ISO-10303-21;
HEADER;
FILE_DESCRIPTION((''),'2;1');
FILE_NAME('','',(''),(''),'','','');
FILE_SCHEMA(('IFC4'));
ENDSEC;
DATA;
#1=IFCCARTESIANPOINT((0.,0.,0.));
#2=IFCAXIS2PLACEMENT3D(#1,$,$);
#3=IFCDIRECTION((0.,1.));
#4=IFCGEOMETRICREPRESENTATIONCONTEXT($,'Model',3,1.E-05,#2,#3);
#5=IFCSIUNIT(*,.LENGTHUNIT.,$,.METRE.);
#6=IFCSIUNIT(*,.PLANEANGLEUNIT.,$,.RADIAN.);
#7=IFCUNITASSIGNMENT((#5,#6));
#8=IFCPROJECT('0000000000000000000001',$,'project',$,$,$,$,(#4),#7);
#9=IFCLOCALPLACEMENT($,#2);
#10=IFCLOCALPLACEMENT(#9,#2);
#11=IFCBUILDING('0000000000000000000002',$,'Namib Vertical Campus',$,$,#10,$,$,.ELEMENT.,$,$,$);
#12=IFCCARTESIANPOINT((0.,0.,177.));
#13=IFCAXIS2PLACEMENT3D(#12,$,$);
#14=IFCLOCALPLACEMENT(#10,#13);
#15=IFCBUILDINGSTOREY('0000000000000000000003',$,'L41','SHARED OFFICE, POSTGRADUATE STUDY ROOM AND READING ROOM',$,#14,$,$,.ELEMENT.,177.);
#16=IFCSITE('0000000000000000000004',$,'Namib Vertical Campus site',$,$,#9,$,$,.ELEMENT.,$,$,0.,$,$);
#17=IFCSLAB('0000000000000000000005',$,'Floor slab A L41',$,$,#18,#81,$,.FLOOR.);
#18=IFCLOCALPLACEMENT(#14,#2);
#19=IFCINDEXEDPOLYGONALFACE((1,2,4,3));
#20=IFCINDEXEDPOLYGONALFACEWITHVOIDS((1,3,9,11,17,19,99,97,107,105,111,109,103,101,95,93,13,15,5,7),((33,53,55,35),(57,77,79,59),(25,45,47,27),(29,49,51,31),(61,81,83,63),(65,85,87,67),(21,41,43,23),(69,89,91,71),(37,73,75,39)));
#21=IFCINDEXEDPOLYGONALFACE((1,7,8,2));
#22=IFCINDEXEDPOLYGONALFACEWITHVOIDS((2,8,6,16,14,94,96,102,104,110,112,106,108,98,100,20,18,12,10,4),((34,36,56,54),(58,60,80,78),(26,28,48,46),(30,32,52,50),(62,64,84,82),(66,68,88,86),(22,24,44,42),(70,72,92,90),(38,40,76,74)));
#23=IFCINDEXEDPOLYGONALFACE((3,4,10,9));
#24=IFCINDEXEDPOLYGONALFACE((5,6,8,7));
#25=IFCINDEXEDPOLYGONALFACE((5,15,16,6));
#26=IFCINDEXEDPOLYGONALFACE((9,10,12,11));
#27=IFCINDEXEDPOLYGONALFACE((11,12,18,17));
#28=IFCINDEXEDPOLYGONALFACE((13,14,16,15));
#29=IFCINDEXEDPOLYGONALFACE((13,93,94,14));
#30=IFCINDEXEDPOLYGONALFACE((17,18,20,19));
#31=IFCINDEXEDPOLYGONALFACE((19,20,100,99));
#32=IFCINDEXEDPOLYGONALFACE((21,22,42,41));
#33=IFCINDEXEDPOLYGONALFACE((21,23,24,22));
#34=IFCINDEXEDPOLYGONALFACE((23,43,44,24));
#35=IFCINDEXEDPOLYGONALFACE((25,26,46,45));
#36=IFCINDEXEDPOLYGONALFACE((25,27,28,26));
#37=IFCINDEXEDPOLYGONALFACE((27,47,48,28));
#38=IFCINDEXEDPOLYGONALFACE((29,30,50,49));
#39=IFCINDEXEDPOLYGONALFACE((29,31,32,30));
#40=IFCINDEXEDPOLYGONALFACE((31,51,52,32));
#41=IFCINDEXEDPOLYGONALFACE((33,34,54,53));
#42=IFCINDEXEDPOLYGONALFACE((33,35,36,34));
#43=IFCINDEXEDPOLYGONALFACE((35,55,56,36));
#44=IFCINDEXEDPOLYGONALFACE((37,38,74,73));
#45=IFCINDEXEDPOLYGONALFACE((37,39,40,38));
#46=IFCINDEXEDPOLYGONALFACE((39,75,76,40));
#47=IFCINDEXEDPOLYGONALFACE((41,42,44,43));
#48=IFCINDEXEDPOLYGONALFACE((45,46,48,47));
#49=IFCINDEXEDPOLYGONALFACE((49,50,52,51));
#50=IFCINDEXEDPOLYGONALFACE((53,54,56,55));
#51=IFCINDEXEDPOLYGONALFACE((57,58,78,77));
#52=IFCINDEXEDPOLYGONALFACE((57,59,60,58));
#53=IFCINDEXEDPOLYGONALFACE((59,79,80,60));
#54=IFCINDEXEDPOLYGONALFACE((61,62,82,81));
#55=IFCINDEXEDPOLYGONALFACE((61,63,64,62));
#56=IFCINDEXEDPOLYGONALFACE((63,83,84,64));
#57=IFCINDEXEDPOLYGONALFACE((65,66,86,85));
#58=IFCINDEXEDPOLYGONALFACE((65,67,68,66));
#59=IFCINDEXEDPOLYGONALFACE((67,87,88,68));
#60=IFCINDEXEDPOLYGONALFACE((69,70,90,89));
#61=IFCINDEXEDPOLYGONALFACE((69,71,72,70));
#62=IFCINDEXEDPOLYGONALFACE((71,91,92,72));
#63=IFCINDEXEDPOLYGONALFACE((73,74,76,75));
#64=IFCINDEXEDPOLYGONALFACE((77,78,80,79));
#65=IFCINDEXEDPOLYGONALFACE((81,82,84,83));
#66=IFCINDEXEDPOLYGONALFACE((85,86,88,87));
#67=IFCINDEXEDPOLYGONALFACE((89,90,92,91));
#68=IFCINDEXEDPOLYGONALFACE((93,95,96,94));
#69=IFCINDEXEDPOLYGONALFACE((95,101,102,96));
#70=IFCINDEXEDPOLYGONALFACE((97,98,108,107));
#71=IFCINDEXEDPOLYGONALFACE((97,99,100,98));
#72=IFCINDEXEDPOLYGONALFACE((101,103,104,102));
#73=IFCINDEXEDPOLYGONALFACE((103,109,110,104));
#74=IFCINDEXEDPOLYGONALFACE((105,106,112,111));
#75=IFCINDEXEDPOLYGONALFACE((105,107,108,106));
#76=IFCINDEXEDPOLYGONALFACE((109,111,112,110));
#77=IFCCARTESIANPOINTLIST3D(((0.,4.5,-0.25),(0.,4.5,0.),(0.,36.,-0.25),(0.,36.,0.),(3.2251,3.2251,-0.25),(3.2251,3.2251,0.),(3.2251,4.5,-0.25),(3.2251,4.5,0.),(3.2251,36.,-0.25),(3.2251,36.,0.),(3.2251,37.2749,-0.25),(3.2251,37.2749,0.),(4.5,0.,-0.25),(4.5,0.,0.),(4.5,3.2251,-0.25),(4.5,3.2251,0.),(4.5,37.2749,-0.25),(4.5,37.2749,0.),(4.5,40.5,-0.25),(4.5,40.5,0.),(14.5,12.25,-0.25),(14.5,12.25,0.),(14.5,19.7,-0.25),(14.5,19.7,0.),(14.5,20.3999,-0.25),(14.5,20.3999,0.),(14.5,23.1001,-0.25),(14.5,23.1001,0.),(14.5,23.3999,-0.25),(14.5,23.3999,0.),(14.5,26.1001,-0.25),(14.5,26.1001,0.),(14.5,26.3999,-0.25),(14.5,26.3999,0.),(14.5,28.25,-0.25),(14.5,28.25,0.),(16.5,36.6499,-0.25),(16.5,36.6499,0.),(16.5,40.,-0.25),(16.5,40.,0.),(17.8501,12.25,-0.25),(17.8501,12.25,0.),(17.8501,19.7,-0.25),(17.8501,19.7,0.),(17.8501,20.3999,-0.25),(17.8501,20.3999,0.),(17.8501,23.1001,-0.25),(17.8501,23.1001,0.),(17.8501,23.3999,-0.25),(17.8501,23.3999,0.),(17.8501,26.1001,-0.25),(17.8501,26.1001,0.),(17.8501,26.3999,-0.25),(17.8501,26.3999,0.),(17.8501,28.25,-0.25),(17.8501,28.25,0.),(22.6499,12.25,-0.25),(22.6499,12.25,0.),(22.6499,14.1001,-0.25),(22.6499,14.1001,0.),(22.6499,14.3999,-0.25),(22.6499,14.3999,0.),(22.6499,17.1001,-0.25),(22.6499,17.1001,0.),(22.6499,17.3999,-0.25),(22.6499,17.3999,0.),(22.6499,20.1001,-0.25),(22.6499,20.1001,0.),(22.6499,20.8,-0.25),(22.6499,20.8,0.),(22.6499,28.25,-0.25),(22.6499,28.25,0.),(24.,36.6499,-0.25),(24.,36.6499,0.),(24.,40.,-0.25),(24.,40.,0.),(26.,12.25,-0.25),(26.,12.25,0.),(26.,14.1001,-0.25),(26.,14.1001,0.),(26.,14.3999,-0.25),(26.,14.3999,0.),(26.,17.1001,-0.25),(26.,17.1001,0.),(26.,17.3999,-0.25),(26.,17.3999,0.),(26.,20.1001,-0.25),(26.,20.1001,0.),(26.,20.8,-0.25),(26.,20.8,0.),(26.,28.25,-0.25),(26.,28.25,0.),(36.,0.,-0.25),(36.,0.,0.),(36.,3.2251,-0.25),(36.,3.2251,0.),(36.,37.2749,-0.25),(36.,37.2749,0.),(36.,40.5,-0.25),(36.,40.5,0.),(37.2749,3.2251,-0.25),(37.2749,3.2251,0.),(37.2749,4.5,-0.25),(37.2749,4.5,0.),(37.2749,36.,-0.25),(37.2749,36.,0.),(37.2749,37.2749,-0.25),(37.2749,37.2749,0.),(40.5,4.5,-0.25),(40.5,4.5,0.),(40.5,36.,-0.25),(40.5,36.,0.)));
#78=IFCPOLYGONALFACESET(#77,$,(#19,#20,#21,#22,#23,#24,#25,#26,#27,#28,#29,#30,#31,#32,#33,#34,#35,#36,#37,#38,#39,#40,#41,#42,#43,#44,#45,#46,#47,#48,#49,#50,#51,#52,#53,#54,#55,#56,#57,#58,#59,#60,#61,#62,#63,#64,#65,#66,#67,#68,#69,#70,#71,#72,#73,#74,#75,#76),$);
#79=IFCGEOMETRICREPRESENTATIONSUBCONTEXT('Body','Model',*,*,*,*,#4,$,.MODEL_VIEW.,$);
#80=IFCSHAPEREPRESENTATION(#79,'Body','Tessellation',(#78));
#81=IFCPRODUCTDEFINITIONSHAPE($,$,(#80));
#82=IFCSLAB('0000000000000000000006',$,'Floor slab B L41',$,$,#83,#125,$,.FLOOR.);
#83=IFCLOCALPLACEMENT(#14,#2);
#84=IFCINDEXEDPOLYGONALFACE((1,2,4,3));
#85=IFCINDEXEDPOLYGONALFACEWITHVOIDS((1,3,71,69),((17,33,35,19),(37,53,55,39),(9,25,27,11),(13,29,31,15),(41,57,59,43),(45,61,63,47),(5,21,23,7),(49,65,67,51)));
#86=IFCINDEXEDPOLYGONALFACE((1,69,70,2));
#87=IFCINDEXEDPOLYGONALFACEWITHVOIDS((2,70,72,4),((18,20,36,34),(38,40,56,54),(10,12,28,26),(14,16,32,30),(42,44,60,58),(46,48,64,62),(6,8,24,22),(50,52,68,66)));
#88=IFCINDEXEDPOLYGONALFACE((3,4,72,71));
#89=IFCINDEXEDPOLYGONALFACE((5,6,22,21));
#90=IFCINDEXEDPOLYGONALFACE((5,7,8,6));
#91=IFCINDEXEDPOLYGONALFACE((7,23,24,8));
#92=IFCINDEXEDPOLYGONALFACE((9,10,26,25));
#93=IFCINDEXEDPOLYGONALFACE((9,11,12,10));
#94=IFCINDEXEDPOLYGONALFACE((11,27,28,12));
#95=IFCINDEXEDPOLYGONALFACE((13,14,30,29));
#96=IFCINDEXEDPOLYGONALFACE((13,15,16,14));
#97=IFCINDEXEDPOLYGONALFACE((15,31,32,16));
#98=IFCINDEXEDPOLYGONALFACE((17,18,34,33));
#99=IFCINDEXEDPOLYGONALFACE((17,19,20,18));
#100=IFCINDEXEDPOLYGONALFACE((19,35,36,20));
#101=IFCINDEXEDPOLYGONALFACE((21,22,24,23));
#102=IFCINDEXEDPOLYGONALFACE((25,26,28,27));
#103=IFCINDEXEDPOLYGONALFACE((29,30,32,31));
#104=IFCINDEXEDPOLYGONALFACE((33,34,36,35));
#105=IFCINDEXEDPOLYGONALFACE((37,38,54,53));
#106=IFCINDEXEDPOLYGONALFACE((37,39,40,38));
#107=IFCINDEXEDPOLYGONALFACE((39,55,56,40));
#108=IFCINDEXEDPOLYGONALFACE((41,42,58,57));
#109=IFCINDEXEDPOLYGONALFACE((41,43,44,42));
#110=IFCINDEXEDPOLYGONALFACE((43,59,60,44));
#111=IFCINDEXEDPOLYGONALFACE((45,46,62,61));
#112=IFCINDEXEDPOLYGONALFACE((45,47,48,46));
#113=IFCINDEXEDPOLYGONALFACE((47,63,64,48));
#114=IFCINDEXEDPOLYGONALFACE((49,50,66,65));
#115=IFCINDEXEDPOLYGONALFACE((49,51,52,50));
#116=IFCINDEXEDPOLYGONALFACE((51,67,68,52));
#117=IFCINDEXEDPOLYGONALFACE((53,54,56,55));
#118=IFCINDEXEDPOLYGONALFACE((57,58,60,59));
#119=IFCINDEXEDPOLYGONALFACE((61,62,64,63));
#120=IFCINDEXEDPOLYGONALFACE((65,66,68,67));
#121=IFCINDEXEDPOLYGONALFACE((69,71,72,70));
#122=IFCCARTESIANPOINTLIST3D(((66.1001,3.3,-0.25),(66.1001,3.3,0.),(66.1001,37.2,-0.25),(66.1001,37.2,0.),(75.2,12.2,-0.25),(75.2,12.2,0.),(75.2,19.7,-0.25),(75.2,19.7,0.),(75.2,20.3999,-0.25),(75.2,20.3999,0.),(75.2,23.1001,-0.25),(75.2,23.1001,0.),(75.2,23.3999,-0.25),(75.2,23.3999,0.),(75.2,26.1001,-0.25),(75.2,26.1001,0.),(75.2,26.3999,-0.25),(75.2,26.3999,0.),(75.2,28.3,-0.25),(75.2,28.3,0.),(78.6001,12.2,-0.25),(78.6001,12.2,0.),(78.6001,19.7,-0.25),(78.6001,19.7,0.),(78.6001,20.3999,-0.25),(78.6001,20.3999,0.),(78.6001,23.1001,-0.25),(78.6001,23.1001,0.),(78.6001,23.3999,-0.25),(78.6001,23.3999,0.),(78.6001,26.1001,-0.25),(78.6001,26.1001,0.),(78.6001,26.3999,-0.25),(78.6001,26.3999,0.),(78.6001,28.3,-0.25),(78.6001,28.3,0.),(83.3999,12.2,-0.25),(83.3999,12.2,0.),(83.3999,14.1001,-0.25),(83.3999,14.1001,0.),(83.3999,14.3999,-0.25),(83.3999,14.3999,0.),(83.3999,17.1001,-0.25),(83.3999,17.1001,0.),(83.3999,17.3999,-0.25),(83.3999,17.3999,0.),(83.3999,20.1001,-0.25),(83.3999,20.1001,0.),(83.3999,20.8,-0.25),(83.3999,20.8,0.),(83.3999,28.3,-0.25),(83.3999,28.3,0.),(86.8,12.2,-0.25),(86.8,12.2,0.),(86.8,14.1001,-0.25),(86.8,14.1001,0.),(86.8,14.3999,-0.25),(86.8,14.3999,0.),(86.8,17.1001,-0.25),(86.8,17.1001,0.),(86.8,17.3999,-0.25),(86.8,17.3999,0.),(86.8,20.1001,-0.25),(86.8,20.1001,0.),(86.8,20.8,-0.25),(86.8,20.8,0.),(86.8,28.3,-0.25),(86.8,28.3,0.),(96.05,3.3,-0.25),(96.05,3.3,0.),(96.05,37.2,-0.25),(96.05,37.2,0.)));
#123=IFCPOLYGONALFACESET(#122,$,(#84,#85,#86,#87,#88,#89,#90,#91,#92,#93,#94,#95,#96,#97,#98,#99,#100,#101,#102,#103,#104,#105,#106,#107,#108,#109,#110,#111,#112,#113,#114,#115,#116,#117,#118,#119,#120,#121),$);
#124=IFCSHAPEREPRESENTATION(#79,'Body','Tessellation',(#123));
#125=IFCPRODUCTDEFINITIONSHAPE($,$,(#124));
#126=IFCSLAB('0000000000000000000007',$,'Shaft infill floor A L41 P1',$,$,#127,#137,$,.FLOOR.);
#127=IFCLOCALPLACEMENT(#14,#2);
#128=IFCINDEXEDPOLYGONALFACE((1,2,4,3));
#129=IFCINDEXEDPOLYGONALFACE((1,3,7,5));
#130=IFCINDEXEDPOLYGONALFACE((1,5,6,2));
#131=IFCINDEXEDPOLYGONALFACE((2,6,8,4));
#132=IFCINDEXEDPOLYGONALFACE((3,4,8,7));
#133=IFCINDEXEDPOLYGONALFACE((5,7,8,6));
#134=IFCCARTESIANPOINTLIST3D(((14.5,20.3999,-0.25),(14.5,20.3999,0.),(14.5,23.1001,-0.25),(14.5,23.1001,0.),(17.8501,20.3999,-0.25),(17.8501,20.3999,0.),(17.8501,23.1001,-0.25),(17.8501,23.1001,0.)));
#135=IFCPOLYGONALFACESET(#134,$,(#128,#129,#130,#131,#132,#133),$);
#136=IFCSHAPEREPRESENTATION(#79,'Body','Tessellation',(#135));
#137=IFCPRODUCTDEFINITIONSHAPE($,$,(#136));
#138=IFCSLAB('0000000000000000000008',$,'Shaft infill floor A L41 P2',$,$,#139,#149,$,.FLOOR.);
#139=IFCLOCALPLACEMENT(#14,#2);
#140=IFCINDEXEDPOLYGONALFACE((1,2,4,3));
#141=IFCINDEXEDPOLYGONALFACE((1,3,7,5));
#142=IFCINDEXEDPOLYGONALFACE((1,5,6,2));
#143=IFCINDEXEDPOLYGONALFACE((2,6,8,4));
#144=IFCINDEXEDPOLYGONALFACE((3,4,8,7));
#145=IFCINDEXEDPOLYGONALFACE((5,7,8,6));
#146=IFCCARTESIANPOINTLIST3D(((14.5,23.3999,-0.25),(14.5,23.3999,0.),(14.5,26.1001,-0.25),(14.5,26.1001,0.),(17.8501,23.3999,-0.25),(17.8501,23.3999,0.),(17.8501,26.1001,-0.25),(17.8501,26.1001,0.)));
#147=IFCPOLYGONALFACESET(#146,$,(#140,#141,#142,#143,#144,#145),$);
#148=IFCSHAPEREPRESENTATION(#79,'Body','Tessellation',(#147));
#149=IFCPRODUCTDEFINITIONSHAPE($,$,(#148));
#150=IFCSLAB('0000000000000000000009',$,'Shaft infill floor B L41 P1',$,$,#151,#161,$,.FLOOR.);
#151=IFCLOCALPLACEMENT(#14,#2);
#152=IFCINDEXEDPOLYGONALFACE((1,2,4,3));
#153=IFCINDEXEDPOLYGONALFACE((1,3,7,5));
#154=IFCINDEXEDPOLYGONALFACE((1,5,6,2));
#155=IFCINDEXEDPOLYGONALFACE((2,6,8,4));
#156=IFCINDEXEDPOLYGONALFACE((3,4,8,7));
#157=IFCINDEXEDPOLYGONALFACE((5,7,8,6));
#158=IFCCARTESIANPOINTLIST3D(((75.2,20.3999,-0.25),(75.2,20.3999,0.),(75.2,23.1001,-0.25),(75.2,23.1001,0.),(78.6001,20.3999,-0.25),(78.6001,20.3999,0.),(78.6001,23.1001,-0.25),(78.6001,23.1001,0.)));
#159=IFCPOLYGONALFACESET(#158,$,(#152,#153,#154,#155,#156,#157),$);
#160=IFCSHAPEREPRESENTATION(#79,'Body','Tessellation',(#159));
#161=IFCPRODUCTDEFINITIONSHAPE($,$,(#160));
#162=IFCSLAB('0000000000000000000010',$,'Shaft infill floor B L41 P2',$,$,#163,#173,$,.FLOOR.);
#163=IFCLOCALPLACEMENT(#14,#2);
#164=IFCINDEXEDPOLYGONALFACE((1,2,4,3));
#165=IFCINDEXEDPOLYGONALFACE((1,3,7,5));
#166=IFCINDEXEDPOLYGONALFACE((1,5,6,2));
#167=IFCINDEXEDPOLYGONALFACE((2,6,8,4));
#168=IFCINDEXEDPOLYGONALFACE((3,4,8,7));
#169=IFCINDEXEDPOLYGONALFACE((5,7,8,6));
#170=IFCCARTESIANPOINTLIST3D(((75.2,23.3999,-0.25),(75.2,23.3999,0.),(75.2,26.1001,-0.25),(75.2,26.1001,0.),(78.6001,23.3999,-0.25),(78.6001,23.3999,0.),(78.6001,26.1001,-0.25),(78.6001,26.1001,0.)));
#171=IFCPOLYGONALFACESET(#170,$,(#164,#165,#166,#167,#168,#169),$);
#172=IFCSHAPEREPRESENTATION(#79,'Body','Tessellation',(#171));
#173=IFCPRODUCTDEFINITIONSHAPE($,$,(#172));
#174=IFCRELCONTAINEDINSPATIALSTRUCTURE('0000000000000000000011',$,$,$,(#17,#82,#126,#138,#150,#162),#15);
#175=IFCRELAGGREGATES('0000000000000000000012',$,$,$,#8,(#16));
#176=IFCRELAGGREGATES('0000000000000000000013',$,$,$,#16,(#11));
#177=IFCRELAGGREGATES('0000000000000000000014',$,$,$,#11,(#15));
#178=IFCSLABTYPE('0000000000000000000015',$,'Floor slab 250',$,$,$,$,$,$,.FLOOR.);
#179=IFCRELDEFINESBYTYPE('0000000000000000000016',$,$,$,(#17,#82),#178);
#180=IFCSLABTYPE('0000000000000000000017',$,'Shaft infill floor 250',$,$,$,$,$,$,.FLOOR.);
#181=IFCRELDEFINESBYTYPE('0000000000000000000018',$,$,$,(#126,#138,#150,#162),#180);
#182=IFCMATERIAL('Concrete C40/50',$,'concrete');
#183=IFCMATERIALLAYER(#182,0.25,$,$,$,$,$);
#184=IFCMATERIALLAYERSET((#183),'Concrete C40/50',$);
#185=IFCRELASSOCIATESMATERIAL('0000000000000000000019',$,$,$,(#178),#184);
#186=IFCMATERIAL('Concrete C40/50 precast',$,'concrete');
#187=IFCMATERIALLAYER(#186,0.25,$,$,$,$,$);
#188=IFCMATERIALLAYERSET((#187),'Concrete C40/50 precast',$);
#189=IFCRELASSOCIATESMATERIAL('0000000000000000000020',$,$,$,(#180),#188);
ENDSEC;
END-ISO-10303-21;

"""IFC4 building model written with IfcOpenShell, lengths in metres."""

from ifc_helpers import new_model, si_unit, direction, frame, origin, place, context, subcontext, project, spatial, polyline, outline, extrude, material, layer, layer_set, type_object, element, save


model = new_model("IFC4")

# Units and contexts
model_context = context("Model", 3, precision=1e-05, world=origin(), true_north=direction((0.0, 1.0)))
body_context = subcontext(model_context, "Body", "Model", "MODEL_VIEW")
ifc_project = project(units=[si_unit("LENGTHUNIT", "METRE"), si_unit("PLANEANGLEUNIT", "RADIAN")], contexts=[model_context])

# Site, building, storey
site_placement = place(None, origin())
site = spatial("IfcSite", under=ifc_project, at=site_placement, Name="Namib Vertical Campus site", CompositionType="ELEMENT", RefElevation=0.0)
building_placement = place(site_placement, origin())
building = spatial("IfcBuilding", under=site, at=building_placement, Name="Namib Vertical Campus", CompositionType="ELEMENT")
storey_placement = place(building_placement, frame((0.0, 0.0, 177.0)))
storey = spatial("IfcBuildingStorey", under=building, at=storey_placement, Name="L41", Description="SHARED OFFICE, POSTGRADUATE STUDY ROOM AND READING ROOM", CompositionType="ELEMENT", Elevation=177.0)

# Slabs
ifc_material_1 = material(Name="Concrete C40/50", Category="concrete")
ifc_layer_1 = layer(ifc_material_1, 0.25)
ifc_layer_set_1 = layer_set([ifc_layer_1], Name="Concrete C40/50")
slab_type_1 = type_object("IfcSlabType", Name="Floor slab 250", PredefinedType="FLOOR", material=ifc_layer_set_1)
slab_1_placement = place(storey_placement, frame((0.0, 0.0, -0.25)))
element("IfcSlab", 1, at=slab_1_placement, inside=storey, type_object=slab_type_1, Name="Floor slab A L41", PredefinedType="FLOOR", context=body_context, shape_type="SweptSolid", body=[
    extrude(outline(polyline([(4.5, 0.0), (36.0, 0.0), (36.0, 3.2251), (37.2749, 3.2251), (37.2749, 4.5), (40.5, 4.5), (40.5, 36.0), (37.2749, 36.0), (37.2749, 37.2749), (36.0, 37.2749), (36.0, 40.5), (4.5, 40.5), (4.5, 37.2749), (3.2251, 37.2749), (3.2251, 36.0), (0.0, 36.0), (0.0, 4.5), (3.2251, 4.5), (3.2251, 3.2251), (4.5, 3.2251), (4.5, 0.0)]), holes=[polyline([(14.5, 12.25), (17.8501, 12.25), (17.8501, 19.7), (14.5, 19.7), (14.5, 12.25)]), polyline([(22.6499, 20.8), (26.0, 20.8), (26.0, 28.25), (22.6499, 28.25), (22.6499, 20.8)]), polyline([(22.6499, 12.25), (26.0, 12.25), (26.0, 14.1001), (22.6499, 14.1001), (22.6499, 12.25)]), polyline([(14.5, 20.3999), (17.8501, 20.3999), (17.8501, 23.1001), (14.5, 23.1001), (14.5, 20.3999)]), polyline([(14.5, 23.3999), (17.8501, 23.3999), (17.8501, 26.1001), (14.5, 26.1001), (14.5, 23.3999)]), polyline([(14.5, 26.3999), (17.8501, 26.3999), (17.8501, 28.25), (14.5, 28.25), (14.5, 26.3999)]), polyline([(22.6499, 14.3999), (26.0, 14.3999), (26.0, 17.1001), (22.6499, 17.1001), (22.6499, 14.3999)]), polyline([(22.6499, 17.3999), (26.0, 17.3999), (26.0, 20.1001), (22.6499, 20.1001), (22.6499, 17.3999)]), polyline([(16.5, 36.6499), (24.0, 36.6499), (24.0, 40.0), (16.5, 40.0), (16.5, 36.6499)])]), origin(), (0.0, 0.0, 1.0), 0.25),
])
slab_2_placement = place(storey_placement, frame((0.0, 0.0, -0.25)))
element("IfcSlab", 2, at=slab_2_placement, inside=storey, type_object=slab_type_1, Name="Floor slab B L41", PredefinedType="FLOOR", context=body_context, shape_type="SweptSolid", body=[
    extrude(outline(polyline([(66.1001, 3.3), (96.05, 3.3), (96.05, 37.2), (66.1001, 37.2), (66.1001, 3.3)]), holes=[polyline([(75.2, 12.2), (78.6001, 12.2), (78.6001, 19.7), (75.2, 19.7), (75.2, 12.2)]), polyline([(83.3999, 20.8), (86.8, 20.8), (86.8, 28.3), (83.3999, 28.3), (83.3999, 20.8)]), polyline([(83.3999, 12.2), (86.8, 12.2), (86.8, 14.1001), (83.3999, 14.1001), (83.3999, 12.2)]), polyline([(75.2, 20.3999), (78.6001, 20.3999), (78.6001, 23.1001), (75.2, 23.1001), (75.2, 20.3999)]), polyline([(75.2, 23.3999), (78.6001, 23.3999), (78.6001, 26.1001), (75.2, 26.1001), (75.2, 23.3999)]), polyline([(75.2, 26.3999), (78.6001, 26.3999), (78.6001, 28.3), (75.2, 28.3), (75.2, 26.3999)]), polyline([(83.3999, 14.3999), (86.8, 14.3999), (86.8, 17.1001), (83.3999, 17.1001), (83.3999, 14.3999)]), polyline([(83.3999, 17.3999), (86.8, 17.3999), (86.8, 20.1001), (83.3999, 20.1001), (83.3999, 17.3999)])]), origin(), (0.0, 0.0, 1.0), 0.25),
])
ifc_material_2 = material(Name="Concrete C40/50 precast", Category="concrete")
ifc_layer_2 = layer(ifc_material_2, 0.25)
ifc_layer_set_2 = layer_set([ifc_layer_2], Name="Concrete C40/50 precast")
slab_type_2 = type_object("IfcSlabType", Name="Shaft infill floor 250", PredefinedType="FLOOR", material=ifc_layer_set_2)
slab_3_placement = place(storey_placement, frame((0.0, 0.0, -0.25)))
element("IfcSlab", 3, at=slab_3_placement, inside=storey, type_object=slab_type_2, Name="Shaft infill floor A L41 P1", PredefinedType="FLOOR", context=body_context, shape_type="SweptSolid", body=[
    extrude(outline(polyline([(14.5, 20.3999), (17.8501, 20.3999), (17.8501, 23.1001), (14.5, 23.1001), (14.5, 20.3999)])), origin(), (0.0, 0.0, 1.0), 0.25),
])
slab_4_placement = place(storey_placement, frame((0.0, 0.0, -0.25)))
element("IfcSlab", 4, at=slab_4_placement, inside=storey, type_object=slab_type_2, Name="Shaft infill floor A L41 P2", PredefinedType="FLOOR", context=body_context, shape_type="SweptSolid", body=[
    extrude(outline(polyline([(14.5, 23.3999), (17.8501, 23.3999), (17.8501, 26.1001), (14.5, 26.1001), (14.5, 23.3999)])), origin(), (0.0, 0.0, 1.0), 0.25),
])
slab_5_placement = place(storey_placement, frame((0.0, 0.0, -0.25)))
element("IfcSlab", 5, at=slab_5_placement, inside=storey, type_object=slab_type_2, Name="Shaft infill floor B L41 P1", PredefinedType="FLOOR", context=body_context, shape_type="SweptSolid", body=[
    extrude(outline(polyline([(75.2, 20.3999), (78.6001, 20.3999), (78.6001, 23.1001), (75.2, 23.1001), (75.2, 20.3999)])), origin(), (0.0, 0.0, 1.0), 0.25),
])
slab_6_placement = place(storey_placement, frame((0.0, 0.0, -0.25)))
element("IfcSlab", 6, at=slab_6_placement, inside=storey, type_object=slab_type_2, Name="Shaft infill floor B L41 P2", PredefinedType="FLOOR", context=body_context, shape_type="SweptSolid", body=[
    extrude(outline(polyline([(75.2, 23.3999), (78.6001, 23.3999), (78.6001, 26.1001), (75.2, 26.1001), (75.2, 23.3999)])), origin(), (0.0, 0.0, 1.0), 0.25),
])

save(model, "model.ifc")
